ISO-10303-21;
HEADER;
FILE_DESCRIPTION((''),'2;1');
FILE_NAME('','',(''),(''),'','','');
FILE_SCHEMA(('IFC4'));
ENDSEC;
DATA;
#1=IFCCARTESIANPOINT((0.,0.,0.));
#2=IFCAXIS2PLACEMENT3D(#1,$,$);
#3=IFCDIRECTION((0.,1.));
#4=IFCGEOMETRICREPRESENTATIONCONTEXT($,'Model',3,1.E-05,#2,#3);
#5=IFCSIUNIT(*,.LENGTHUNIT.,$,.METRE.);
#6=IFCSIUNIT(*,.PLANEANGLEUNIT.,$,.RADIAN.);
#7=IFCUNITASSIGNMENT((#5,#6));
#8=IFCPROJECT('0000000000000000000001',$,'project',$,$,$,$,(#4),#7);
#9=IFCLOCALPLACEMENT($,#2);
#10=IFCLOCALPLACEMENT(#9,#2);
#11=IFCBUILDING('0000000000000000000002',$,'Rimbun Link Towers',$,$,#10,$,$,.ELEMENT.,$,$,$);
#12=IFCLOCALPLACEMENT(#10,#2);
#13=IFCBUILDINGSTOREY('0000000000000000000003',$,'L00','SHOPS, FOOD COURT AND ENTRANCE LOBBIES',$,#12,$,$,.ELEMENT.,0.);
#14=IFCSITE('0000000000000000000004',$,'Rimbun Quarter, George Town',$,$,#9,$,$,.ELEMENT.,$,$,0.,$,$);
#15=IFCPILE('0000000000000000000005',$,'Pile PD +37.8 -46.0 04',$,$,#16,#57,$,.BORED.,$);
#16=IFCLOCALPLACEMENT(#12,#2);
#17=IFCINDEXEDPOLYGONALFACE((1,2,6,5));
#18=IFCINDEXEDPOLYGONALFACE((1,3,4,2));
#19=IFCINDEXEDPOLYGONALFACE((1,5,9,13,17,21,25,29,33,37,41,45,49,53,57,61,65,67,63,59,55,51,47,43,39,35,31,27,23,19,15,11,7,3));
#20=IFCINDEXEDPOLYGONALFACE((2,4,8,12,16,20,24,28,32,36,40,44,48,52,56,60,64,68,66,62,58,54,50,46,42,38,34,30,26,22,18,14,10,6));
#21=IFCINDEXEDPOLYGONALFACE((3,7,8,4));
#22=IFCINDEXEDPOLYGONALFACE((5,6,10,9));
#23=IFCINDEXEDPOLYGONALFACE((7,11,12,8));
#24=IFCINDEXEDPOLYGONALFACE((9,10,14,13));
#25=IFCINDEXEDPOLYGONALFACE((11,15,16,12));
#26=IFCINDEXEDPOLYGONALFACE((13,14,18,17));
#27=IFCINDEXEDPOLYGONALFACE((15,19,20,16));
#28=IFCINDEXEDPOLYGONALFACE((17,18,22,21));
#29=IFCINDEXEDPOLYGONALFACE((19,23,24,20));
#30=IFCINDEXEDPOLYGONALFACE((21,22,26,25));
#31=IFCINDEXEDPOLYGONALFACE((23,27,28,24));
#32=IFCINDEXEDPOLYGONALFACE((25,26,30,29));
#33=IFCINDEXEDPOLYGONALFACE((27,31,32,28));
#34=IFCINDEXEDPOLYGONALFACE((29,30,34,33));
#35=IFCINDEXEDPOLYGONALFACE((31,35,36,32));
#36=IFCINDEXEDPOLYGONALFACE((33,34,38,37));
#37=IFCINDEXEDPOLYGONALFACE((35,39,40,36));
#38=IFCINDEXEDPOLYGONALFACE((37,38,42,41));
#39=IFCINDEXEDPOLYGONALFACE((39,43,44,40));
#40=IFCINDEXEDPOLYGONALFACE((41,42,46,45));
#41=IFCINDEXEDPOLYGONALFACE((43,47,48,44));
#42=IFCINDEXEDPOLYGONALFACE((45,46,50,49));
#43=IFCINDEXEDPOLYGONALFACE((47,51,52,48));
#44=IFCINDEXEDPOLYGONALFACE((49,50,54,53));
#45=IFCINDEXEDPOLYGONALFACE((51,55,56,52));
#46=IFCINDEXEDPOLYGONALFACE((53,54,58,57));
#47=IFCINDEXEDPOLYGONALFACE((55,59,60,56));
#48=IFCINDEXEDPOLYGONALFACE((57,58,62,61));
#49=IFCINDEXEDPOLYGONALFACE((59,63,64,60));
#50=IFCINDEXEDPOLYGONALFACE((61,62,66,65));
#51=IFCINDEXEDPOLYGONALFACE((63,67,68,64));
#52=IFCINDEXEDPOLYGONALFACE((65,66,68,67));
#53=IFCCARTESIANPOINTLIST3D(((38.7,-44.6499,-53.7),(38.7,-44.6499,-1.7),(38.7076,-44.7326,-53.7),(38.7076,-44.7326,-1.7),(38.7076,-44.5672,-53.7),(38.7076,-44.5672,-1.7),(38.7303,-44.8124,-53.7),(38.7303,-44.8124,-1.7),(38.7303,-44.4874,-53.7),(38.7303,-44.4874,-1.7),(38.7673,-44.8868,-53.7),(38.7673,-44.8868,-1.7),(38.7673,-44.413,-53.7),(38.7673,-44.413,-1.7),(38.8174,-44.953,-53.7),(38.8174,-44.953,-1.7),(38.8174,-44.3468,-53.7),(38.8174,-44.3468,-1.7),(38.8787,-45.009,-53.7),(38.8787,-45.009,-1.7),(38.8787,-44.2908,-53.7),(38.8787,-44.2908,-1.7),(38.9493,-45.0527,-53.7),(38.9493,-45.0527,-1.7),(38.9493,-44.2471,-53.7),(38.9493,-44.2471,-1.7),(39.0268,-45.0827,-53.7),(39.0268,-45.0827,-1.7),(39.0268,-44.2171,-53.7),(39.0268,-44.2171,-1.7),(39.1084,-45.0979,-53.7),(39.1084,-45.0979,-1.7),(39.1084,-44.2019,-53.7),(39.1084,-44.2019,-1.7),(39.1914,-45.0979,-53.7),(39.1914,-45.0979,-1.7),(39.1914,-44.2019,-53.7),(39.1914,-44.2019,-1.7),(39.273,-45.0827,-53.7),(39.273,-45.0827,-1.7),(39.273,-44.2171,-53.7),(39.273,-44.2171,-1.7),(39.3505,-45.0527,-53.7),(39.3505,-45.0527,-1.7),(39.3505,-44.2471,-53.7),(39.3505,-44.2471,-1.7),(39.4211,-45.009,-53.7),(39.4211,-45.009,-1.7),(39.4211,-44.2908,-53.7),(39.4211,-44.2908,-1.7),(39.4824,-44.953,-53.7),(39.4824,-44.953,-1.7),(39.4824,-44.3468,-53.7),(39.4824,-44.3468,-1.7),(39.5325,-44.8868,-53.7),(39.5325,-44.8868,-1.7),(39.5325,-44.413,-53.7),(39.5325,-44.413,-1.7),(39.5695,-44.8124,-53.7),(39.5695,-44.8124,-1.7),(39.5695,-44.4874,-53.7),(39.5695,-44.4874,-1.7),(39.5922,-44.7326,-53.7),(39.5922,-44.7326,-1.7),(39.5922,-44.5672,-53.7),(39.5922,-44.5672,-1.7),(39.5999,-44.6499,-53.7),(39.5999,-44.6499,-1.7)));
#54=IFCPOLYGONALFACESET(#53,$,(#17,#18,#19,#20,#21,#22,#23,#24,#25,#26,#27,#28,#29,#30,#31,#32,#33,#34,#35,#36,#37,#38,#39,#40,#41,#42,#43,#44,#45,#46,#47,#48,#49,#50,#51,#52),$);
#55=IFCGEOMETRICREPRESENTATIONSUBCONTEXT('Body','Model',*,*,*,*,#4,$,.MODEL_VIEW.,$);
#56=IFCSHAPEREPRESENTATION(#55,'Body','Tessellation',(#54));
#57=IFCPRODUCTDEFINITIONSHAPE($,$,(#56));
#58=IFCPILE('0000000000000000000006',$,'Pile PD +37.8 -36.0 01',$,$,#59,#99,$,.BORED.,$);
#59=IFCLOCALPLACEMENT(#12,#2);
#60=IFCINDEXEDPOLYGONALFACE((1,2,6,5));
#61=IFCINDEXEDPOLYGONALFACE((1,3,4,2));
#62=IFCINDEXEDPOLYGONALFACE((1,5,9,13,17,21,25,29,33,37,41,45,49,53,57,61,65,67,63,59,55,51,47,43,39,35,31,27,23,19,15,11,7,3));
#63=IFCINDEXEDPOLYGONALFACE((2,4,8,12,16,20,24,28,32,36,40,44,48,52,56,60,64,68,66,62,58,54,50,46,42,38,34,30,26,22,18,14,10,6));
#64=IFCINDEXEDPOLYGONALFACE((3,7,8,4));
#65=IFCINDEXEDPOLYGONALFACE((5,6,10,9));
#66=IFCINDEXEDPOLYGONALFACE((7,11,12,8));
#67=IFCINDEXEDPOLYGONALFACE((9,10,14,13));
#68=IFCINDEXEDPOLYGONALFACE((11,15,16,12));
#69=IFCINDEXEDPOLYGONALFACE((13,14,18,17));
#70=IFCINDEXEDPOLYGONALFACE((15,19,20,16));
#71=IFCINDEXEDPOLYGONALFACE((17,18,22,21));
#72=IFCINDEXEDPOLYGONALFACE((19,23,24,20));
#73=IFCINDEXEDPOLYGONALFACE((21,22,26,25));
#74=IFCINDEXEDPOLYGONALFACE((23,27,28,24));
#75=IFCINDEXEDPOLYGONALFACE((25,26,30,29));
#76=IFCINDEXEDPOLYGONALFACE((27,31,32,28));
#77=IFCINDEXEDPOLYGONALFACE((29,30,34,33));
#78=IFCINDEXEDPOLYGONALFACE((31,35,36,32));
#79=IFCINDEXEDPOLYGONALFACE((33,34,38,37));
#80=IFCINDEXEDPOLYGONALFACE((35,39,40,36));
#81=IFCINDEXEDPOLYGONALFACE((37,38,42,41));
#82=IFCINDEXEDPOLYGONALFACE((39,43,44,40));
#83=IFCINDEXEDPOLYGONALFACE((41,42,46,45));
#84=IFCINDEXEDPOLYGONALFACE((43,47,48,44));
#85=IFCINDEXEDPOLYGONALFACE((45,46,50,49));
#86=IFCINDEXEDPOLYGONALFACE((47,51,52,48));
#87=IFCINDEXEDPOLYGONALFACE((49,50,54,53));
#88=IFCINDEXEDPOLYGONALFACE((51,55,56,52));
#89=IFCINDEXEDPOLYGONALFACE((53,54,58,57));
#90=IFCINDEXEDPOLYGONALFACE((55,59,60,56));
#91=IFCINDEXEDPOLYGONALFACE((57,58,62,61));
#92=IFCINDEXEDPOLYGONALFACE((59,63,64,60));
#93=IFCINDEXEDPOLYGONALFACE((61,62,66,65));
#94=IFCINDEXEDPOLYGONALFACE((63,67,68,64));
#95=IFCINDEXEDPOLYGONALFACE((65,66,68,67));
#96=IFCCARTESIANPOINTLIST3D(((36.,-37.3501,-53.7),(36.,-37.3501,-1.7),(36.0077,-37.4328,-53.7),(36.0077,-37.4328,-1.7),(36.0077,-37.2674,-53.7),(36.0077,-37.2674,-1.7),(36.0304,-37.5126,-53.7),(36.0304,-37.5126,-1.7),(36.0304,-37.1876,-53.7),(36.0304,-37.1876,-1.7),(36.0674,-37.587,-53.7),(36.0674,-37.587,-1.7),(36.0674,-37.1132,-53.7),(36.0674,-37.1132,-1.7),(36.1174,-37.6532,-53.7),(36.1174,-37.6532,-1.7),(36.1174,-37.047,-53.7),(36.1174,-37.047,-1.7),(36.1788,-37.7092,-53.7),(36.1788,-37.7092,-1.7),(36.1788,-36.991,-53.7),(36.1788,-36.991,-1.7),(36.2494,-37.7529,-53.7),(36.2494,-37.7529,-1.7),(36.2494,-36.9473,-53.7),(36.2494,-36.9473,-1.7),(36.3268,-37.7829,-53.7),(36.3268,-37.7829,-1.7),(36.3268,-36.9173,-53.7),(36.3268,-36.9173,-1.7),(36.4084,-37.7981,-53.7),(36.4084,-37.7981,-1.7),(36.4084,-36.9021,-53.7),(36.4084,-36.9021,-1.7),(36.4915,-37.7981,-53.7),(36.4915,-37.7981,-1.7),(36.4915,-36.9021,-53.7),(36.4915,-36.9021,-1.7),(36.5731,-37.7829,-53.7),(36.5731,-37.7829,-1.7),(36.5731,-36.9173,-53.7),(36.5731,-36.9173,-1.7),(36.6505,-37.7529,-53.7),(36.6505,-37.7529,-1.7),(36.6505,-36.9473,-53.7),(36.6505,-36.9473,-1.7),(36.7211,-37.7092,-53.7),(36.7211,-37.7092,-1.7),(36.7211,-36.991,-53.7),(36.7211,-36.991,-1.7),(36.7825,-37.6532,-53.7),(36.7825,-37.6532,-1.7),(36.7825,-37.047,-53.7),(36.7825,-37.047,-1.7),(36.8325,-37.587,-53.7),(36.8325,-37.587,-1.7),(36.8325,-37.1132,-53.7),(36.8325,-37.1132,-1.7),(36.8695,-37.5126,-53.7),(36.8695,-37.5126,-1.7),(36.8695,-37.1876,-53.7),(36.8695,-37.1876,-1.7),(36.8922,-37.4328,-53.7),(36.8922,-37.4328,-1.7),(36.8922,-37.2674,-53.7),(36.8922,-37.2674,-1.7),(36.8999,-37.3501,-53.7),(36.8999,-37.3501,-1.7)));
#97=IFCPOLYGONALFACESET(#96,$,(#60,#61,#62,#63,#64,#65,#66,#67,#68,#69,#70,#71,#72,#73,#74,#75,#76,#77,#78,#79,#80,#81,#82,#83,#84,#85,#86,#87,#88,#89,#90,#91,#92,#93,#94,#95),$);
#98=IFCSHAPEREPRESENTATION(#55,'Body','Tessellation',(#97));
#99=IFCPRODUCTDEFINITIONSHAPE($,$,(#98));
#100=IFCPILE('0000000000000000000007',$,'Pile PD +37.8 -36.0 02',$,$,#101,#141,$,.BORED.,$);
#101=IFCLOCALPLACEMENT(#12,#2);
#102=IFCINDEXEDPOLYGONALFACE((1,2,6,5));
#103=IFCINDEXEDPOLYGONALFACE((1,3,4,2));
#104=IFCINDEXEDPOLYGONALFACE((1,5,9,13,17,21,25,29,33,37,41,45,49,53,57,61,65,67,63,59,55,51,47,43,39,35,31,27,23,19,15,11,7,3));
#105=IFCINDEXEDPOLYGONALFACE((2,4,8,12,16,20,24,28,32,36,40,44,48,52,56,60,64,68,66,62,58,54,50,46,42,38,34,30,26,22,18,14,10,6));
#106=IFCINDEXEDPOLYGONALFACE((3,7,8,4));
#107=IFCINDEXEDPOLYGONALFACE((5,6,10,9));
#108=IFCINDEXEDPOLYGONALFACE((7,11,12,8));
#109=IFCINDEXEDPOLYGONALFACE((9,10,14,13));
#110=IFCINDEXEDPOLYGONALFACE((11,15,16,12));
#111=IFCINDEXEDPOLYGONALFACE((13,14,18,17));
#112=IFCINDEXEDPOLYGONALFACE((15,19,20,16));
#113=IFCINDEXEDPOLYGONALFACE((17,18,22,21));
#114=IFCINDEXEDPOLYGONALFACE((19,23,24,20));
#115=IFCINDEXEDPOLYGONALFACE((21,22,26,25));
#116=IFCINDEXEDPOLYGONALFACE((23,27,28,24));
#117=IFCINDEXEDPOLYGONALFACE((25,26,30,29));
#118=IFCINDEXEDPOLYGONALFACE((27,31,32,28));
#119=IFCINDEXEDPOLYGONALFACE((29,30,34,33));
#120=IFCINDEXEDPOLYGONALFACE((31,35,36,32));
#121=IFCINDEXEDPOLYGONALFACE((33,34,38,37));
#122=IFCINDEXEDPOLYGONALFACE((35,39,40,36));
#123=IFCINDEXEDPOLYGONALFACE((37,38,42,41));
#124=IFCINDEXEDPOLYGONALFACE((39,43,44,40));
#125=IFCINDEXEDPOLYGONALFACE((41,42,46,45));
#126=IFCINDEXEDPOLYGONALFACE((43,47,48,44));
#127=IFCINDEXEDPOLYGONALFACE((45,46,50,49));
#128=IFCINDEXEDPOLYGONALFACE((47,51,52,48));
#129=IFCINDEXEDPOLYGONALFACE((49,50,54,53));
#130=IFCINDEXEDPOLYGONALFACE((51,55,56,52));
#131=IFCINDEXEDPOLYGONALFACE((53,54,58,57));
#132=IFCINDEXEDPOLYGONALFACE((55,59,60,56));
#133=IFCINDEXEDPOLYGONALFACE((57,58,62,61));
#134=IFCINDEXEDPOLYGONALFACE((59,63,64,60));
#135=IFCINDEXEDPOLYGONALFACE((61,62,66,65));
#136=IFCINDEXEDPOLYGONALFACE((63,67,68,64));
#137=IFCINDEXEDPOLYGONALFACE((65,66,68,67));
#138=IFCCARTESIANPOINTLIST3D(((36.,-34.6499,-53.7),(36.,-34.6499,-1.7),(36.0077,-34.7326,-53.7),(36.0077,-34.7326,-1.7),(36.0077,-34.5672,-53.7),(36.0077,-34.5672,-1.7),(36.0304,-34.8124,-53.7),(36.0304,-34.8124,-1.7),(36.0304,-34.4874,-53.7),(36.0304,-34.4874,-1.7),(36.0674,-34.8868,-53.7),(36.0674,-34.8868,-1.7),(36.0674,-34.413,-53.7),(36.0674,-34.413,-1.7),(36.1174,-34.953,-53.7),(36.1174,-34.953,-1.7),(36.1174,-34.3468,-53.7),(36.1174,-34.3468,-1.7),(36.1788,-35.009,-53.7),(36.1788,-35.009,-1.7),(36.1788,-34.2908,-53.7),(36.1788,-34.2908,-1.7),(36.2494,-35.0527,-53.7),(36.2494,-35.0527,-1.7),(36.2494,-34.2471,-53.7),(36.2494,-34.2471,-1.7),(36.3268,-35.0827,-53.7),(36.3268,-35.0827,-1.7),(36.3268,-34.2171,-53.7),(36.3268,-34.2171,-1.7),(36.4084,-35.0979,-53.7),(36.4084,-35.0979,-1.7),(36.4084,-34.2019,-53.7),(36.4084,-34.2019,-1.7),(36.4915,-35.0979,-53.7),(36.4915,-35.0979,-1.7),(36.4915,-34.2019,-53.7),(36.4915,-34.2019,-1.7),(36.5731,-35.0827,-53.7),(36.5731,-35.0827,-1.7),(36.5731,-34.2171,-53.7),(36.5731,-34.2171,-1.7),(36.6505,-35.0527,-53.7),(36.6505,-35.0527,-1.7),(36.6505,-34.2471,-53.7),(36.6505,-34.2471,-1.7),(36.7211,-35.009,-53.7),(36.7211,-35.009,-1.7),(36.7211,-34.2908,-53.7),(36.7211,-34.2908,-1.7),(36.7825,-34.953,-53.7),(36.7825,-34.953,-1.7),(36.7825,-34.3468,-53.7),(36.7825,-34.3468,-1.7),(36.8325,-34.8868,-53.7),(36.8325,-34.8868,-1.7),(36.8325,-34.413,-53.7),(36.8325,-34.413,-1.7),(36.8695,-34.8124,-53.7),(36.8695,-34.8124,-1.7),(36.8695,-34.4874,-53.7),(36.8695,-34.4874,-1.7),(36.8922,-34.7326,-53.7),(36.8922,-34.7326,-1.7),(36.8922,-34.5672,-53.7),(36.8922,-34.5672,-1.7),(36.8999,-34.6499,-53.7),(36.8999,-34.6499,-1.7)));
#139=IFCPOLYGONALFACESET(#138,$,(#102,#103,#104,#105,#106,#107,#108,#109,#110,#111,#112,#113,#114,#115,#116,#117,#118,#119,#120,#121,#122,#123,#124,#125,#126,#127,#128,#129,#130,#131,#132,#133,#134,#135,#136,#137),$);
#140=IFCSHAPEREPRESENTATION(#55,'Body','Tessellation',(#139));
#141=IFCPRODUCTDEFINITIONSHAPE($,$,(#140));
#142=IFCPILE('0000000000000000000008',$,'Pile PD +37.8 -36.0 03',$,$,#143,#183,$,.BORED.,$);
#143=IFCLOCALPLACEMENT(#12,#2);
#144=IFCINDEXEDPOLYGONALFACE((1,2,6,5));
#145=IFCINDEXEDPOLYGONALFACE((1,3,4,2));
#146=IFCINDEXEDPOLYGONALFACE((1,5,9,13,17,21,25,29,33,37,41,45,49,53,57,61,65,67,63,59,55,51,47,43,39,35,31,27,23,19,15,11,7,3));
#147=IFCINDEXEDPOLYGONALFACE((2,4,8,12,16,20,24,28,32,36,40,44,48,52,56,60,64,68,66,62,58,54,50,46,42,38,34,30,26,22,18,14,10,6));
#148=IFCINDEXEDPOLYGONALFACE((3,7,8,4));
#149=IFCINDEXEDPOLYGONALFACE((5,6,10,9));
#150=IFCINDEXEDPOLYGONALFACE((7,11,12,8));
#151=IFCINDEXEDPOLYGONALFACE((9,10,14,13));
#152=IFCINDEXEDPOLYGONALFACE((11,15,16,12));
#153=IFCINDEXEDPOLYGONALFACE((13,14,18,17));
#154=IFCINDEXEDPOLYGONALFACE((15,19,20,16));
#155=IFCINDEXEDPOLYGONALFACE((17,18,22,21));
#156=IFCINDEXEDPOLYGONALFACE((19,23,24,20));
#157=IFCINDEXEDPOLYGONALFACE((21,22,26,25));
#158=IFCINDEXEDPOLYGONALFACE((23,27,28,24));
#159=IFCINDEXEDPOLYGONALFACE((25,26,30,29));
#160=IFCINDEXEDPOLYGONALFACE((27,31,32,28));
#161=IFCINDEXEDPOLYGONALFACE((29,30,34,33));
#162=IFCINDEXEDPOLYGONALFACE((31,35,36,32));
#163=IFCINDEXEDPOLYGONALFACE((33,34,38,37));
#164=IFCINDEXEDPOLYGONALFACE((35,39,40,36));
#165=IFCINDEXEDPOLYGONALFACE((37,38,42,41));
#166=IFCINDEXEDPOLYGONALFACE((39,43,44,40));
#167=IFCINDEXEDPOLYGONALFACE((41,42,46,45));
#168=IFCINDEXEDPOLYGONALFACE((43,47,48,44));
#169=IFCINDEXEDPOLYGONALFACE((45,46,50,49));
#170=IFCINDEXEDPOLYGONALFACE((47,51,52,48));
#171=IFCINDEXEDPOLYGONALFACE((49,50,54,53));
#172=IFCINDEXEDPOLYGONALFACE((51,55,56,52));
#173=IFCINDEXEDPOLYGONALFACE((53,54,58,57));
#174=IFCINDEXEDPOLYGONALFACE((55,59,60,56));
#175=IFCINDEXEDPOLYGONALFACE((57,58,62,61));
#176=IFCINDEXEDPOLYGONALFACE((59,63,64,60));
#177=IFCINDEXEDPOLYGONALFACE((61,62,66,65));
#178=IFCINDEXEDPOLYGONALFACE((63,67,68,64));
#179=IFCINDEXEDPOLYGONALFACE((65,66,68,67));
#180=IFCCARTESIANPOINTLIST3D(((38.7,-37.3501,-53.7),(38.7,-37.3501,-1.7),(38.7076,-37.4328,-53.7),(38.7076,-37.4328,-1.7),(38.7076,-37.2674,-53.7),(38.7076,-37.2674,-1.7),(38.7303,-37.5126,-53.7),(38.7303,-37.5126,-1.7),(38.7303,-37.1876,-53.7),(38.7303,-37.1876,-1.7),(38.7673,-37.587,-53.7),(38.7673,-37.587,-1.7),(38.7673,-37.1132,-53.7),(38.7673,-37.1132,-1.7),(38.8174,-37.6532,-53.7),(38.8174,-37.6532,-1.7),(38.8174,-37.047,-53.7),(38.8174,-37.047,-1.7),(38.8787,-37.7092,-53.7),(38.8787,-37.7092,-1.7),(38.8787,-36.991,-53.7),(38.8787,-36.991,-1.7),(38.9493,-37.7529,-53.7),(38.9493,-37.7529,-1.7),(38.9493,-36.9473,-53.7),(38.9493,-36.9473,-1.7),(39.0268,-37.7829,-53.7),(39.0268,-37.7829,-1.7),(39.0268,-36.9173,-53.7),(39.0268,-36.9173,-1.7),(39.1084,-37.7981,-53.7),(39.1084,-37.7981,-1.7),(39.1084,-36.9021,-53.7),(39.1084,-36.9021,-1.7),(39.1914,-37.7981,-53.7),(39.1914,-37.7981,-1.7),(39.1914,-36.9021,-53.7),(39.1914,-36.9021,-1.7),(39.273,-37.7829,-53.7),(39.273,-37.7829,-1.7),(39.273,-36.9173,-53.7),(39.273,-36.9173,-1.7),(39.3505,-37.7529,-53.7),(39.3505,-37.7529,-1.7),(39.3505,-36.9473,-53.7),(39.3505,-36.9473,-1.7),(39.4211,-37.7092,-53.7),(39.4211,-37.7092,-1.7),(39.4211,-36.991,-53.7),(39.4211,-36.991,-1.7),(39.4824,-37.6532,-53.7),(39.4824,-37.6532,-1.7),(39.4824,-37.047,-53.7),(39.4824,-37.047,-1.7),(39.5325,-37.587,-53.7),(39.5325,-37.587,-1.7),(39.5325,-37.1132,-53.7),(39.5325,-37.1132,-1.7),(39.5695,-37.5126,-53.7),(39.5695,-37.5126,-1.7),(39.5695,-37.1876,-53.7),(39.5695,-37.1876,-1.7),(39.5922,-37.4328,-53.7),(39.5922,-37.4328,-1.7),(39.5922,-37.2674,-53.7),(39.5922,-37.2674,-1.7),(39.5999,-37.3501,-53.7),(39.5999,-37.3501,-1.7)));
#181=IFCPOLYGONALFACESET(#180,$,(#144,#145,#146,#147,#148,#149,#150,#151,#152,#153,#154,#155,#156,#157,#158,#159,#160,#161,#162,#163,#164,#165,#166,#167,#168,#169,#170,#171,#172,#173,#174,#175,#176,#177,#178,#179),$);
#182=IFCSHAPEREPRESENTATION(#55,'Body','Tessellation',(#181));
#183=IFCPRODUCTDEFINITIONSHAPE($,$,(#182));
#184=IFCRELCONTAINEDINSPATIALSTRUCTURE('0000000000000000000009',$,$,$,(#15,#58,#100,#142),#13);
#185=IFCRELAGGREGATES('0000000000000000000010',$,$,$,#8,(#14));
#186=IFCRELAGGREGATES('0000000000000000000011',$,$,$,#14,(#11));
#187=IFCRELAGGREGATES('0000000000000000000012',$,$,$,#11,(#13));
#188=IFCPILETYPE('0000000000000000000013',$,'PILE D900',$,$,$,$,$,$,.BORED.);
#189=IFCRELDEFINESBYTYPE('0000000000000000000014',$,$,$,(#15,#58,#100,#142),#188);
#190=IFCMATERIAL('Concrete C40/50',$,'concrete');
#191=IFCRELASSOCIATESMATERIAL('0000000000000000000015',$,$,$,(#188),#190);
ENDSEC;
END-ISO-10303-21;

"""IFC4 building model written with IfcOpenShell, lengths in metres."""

from ifc_helpers import new_model, si_unit, direction, frame, origin, origin_2d, place, context, subcontext, project, spatial, circle, extrude, material, material_profile, profile_set, type_object, element, save


model = new_model("IFC4")

# Units and contexts
model_context = context("Model", 3, precision=1e-05, world=origin(), true_north=direction((0.0, 1.0)))
body_context = subcontext(model_context, "Body", "Model", "MODEL_VIEW")
ifc_project = project(units=[si_unit("LENGTHUNIT", "METRE"), si_unit("PLANEANGLEUNIT", "RADIAN")], contexts=[model_context])

# Site, building, storey
site_placement = place(None, origin())
site = spatial("IfcSite", under=ifc_project, at=site_placement, Name="Rimbun Quarter, George Town", CompositionType="ELEMENT", RefElevation=0.0)
building_placement = place(site_placement, origin())
building = spatial("IfcBuilding", under=site, at=building_placement, Name="Rimbun Link Towers", CompositionType="ELEMENT")
storey_placement = place(building_placement, origin())
storey = spatial("IfcBuildingStorey", under=building, at=storey_placement, Name="L00", Description="SHOPS, FOOD COURT AND ENTRANCE LOBBIES", CompositionType="ELEMENT", Elevation=0.0)

# Piles
ifc_material_1 = material(Name="Concrete C40/50", Category="concrete")
ifc_material_profile_1 = material_profile(ifc_material_1, circle(Radius=0.45, at=origin_2d()), Name="PILE D900")
ifc_profile_set_1 = profile_set([ifc_material_profile_1], Name="Concrete C40/50")
pile_type = type_object("IfcPileType", Name="PILE D900", PredefinedType="BORED", material=ifc_profile_set_1)
for number, where, z_axis, x_axis, name in (
    (1, (39.1499, -44.6499, -1.7), (0.0, 0.0, -1.0), (1.0, 0.0, 0.0), "Pile PD +37.8 -46.0 04"),
    (2, (36.45, -37.3501, -1.7), (0.0, 0.0, -1.0), (1.0, 0.0, 0.0), "Pile PD +37.8 -36.0 01"),
    (3, (36.45, -34.6499, -1.7), (0.0, 0.0, -1.0), (1.0, 0.0, 0.0), "Pile PD +37.8 -36.0 02"),
    (4, (39.1499, -37.3501, -1.7), (0.0, 0.0, -1.0), (1.0, 0.0, 0.0), "Pile PD +37.8 -36.0 03"),
):
    element("IfcPile", number, at=place(storey_placement, frame(where, z_axis=z_axis, x_axis=x_axis)), inside=storey, type_object=pile_type, Name=name, PredefinedType="BORED", context=body_context, shape_type="SweptSolid", body=[
        extrude(circle(Radius=0.45, at=origin_2d()), origin(), (0.0, 0.0, 1.0), 52.0),
    ])

save(model, "model.ifc")
